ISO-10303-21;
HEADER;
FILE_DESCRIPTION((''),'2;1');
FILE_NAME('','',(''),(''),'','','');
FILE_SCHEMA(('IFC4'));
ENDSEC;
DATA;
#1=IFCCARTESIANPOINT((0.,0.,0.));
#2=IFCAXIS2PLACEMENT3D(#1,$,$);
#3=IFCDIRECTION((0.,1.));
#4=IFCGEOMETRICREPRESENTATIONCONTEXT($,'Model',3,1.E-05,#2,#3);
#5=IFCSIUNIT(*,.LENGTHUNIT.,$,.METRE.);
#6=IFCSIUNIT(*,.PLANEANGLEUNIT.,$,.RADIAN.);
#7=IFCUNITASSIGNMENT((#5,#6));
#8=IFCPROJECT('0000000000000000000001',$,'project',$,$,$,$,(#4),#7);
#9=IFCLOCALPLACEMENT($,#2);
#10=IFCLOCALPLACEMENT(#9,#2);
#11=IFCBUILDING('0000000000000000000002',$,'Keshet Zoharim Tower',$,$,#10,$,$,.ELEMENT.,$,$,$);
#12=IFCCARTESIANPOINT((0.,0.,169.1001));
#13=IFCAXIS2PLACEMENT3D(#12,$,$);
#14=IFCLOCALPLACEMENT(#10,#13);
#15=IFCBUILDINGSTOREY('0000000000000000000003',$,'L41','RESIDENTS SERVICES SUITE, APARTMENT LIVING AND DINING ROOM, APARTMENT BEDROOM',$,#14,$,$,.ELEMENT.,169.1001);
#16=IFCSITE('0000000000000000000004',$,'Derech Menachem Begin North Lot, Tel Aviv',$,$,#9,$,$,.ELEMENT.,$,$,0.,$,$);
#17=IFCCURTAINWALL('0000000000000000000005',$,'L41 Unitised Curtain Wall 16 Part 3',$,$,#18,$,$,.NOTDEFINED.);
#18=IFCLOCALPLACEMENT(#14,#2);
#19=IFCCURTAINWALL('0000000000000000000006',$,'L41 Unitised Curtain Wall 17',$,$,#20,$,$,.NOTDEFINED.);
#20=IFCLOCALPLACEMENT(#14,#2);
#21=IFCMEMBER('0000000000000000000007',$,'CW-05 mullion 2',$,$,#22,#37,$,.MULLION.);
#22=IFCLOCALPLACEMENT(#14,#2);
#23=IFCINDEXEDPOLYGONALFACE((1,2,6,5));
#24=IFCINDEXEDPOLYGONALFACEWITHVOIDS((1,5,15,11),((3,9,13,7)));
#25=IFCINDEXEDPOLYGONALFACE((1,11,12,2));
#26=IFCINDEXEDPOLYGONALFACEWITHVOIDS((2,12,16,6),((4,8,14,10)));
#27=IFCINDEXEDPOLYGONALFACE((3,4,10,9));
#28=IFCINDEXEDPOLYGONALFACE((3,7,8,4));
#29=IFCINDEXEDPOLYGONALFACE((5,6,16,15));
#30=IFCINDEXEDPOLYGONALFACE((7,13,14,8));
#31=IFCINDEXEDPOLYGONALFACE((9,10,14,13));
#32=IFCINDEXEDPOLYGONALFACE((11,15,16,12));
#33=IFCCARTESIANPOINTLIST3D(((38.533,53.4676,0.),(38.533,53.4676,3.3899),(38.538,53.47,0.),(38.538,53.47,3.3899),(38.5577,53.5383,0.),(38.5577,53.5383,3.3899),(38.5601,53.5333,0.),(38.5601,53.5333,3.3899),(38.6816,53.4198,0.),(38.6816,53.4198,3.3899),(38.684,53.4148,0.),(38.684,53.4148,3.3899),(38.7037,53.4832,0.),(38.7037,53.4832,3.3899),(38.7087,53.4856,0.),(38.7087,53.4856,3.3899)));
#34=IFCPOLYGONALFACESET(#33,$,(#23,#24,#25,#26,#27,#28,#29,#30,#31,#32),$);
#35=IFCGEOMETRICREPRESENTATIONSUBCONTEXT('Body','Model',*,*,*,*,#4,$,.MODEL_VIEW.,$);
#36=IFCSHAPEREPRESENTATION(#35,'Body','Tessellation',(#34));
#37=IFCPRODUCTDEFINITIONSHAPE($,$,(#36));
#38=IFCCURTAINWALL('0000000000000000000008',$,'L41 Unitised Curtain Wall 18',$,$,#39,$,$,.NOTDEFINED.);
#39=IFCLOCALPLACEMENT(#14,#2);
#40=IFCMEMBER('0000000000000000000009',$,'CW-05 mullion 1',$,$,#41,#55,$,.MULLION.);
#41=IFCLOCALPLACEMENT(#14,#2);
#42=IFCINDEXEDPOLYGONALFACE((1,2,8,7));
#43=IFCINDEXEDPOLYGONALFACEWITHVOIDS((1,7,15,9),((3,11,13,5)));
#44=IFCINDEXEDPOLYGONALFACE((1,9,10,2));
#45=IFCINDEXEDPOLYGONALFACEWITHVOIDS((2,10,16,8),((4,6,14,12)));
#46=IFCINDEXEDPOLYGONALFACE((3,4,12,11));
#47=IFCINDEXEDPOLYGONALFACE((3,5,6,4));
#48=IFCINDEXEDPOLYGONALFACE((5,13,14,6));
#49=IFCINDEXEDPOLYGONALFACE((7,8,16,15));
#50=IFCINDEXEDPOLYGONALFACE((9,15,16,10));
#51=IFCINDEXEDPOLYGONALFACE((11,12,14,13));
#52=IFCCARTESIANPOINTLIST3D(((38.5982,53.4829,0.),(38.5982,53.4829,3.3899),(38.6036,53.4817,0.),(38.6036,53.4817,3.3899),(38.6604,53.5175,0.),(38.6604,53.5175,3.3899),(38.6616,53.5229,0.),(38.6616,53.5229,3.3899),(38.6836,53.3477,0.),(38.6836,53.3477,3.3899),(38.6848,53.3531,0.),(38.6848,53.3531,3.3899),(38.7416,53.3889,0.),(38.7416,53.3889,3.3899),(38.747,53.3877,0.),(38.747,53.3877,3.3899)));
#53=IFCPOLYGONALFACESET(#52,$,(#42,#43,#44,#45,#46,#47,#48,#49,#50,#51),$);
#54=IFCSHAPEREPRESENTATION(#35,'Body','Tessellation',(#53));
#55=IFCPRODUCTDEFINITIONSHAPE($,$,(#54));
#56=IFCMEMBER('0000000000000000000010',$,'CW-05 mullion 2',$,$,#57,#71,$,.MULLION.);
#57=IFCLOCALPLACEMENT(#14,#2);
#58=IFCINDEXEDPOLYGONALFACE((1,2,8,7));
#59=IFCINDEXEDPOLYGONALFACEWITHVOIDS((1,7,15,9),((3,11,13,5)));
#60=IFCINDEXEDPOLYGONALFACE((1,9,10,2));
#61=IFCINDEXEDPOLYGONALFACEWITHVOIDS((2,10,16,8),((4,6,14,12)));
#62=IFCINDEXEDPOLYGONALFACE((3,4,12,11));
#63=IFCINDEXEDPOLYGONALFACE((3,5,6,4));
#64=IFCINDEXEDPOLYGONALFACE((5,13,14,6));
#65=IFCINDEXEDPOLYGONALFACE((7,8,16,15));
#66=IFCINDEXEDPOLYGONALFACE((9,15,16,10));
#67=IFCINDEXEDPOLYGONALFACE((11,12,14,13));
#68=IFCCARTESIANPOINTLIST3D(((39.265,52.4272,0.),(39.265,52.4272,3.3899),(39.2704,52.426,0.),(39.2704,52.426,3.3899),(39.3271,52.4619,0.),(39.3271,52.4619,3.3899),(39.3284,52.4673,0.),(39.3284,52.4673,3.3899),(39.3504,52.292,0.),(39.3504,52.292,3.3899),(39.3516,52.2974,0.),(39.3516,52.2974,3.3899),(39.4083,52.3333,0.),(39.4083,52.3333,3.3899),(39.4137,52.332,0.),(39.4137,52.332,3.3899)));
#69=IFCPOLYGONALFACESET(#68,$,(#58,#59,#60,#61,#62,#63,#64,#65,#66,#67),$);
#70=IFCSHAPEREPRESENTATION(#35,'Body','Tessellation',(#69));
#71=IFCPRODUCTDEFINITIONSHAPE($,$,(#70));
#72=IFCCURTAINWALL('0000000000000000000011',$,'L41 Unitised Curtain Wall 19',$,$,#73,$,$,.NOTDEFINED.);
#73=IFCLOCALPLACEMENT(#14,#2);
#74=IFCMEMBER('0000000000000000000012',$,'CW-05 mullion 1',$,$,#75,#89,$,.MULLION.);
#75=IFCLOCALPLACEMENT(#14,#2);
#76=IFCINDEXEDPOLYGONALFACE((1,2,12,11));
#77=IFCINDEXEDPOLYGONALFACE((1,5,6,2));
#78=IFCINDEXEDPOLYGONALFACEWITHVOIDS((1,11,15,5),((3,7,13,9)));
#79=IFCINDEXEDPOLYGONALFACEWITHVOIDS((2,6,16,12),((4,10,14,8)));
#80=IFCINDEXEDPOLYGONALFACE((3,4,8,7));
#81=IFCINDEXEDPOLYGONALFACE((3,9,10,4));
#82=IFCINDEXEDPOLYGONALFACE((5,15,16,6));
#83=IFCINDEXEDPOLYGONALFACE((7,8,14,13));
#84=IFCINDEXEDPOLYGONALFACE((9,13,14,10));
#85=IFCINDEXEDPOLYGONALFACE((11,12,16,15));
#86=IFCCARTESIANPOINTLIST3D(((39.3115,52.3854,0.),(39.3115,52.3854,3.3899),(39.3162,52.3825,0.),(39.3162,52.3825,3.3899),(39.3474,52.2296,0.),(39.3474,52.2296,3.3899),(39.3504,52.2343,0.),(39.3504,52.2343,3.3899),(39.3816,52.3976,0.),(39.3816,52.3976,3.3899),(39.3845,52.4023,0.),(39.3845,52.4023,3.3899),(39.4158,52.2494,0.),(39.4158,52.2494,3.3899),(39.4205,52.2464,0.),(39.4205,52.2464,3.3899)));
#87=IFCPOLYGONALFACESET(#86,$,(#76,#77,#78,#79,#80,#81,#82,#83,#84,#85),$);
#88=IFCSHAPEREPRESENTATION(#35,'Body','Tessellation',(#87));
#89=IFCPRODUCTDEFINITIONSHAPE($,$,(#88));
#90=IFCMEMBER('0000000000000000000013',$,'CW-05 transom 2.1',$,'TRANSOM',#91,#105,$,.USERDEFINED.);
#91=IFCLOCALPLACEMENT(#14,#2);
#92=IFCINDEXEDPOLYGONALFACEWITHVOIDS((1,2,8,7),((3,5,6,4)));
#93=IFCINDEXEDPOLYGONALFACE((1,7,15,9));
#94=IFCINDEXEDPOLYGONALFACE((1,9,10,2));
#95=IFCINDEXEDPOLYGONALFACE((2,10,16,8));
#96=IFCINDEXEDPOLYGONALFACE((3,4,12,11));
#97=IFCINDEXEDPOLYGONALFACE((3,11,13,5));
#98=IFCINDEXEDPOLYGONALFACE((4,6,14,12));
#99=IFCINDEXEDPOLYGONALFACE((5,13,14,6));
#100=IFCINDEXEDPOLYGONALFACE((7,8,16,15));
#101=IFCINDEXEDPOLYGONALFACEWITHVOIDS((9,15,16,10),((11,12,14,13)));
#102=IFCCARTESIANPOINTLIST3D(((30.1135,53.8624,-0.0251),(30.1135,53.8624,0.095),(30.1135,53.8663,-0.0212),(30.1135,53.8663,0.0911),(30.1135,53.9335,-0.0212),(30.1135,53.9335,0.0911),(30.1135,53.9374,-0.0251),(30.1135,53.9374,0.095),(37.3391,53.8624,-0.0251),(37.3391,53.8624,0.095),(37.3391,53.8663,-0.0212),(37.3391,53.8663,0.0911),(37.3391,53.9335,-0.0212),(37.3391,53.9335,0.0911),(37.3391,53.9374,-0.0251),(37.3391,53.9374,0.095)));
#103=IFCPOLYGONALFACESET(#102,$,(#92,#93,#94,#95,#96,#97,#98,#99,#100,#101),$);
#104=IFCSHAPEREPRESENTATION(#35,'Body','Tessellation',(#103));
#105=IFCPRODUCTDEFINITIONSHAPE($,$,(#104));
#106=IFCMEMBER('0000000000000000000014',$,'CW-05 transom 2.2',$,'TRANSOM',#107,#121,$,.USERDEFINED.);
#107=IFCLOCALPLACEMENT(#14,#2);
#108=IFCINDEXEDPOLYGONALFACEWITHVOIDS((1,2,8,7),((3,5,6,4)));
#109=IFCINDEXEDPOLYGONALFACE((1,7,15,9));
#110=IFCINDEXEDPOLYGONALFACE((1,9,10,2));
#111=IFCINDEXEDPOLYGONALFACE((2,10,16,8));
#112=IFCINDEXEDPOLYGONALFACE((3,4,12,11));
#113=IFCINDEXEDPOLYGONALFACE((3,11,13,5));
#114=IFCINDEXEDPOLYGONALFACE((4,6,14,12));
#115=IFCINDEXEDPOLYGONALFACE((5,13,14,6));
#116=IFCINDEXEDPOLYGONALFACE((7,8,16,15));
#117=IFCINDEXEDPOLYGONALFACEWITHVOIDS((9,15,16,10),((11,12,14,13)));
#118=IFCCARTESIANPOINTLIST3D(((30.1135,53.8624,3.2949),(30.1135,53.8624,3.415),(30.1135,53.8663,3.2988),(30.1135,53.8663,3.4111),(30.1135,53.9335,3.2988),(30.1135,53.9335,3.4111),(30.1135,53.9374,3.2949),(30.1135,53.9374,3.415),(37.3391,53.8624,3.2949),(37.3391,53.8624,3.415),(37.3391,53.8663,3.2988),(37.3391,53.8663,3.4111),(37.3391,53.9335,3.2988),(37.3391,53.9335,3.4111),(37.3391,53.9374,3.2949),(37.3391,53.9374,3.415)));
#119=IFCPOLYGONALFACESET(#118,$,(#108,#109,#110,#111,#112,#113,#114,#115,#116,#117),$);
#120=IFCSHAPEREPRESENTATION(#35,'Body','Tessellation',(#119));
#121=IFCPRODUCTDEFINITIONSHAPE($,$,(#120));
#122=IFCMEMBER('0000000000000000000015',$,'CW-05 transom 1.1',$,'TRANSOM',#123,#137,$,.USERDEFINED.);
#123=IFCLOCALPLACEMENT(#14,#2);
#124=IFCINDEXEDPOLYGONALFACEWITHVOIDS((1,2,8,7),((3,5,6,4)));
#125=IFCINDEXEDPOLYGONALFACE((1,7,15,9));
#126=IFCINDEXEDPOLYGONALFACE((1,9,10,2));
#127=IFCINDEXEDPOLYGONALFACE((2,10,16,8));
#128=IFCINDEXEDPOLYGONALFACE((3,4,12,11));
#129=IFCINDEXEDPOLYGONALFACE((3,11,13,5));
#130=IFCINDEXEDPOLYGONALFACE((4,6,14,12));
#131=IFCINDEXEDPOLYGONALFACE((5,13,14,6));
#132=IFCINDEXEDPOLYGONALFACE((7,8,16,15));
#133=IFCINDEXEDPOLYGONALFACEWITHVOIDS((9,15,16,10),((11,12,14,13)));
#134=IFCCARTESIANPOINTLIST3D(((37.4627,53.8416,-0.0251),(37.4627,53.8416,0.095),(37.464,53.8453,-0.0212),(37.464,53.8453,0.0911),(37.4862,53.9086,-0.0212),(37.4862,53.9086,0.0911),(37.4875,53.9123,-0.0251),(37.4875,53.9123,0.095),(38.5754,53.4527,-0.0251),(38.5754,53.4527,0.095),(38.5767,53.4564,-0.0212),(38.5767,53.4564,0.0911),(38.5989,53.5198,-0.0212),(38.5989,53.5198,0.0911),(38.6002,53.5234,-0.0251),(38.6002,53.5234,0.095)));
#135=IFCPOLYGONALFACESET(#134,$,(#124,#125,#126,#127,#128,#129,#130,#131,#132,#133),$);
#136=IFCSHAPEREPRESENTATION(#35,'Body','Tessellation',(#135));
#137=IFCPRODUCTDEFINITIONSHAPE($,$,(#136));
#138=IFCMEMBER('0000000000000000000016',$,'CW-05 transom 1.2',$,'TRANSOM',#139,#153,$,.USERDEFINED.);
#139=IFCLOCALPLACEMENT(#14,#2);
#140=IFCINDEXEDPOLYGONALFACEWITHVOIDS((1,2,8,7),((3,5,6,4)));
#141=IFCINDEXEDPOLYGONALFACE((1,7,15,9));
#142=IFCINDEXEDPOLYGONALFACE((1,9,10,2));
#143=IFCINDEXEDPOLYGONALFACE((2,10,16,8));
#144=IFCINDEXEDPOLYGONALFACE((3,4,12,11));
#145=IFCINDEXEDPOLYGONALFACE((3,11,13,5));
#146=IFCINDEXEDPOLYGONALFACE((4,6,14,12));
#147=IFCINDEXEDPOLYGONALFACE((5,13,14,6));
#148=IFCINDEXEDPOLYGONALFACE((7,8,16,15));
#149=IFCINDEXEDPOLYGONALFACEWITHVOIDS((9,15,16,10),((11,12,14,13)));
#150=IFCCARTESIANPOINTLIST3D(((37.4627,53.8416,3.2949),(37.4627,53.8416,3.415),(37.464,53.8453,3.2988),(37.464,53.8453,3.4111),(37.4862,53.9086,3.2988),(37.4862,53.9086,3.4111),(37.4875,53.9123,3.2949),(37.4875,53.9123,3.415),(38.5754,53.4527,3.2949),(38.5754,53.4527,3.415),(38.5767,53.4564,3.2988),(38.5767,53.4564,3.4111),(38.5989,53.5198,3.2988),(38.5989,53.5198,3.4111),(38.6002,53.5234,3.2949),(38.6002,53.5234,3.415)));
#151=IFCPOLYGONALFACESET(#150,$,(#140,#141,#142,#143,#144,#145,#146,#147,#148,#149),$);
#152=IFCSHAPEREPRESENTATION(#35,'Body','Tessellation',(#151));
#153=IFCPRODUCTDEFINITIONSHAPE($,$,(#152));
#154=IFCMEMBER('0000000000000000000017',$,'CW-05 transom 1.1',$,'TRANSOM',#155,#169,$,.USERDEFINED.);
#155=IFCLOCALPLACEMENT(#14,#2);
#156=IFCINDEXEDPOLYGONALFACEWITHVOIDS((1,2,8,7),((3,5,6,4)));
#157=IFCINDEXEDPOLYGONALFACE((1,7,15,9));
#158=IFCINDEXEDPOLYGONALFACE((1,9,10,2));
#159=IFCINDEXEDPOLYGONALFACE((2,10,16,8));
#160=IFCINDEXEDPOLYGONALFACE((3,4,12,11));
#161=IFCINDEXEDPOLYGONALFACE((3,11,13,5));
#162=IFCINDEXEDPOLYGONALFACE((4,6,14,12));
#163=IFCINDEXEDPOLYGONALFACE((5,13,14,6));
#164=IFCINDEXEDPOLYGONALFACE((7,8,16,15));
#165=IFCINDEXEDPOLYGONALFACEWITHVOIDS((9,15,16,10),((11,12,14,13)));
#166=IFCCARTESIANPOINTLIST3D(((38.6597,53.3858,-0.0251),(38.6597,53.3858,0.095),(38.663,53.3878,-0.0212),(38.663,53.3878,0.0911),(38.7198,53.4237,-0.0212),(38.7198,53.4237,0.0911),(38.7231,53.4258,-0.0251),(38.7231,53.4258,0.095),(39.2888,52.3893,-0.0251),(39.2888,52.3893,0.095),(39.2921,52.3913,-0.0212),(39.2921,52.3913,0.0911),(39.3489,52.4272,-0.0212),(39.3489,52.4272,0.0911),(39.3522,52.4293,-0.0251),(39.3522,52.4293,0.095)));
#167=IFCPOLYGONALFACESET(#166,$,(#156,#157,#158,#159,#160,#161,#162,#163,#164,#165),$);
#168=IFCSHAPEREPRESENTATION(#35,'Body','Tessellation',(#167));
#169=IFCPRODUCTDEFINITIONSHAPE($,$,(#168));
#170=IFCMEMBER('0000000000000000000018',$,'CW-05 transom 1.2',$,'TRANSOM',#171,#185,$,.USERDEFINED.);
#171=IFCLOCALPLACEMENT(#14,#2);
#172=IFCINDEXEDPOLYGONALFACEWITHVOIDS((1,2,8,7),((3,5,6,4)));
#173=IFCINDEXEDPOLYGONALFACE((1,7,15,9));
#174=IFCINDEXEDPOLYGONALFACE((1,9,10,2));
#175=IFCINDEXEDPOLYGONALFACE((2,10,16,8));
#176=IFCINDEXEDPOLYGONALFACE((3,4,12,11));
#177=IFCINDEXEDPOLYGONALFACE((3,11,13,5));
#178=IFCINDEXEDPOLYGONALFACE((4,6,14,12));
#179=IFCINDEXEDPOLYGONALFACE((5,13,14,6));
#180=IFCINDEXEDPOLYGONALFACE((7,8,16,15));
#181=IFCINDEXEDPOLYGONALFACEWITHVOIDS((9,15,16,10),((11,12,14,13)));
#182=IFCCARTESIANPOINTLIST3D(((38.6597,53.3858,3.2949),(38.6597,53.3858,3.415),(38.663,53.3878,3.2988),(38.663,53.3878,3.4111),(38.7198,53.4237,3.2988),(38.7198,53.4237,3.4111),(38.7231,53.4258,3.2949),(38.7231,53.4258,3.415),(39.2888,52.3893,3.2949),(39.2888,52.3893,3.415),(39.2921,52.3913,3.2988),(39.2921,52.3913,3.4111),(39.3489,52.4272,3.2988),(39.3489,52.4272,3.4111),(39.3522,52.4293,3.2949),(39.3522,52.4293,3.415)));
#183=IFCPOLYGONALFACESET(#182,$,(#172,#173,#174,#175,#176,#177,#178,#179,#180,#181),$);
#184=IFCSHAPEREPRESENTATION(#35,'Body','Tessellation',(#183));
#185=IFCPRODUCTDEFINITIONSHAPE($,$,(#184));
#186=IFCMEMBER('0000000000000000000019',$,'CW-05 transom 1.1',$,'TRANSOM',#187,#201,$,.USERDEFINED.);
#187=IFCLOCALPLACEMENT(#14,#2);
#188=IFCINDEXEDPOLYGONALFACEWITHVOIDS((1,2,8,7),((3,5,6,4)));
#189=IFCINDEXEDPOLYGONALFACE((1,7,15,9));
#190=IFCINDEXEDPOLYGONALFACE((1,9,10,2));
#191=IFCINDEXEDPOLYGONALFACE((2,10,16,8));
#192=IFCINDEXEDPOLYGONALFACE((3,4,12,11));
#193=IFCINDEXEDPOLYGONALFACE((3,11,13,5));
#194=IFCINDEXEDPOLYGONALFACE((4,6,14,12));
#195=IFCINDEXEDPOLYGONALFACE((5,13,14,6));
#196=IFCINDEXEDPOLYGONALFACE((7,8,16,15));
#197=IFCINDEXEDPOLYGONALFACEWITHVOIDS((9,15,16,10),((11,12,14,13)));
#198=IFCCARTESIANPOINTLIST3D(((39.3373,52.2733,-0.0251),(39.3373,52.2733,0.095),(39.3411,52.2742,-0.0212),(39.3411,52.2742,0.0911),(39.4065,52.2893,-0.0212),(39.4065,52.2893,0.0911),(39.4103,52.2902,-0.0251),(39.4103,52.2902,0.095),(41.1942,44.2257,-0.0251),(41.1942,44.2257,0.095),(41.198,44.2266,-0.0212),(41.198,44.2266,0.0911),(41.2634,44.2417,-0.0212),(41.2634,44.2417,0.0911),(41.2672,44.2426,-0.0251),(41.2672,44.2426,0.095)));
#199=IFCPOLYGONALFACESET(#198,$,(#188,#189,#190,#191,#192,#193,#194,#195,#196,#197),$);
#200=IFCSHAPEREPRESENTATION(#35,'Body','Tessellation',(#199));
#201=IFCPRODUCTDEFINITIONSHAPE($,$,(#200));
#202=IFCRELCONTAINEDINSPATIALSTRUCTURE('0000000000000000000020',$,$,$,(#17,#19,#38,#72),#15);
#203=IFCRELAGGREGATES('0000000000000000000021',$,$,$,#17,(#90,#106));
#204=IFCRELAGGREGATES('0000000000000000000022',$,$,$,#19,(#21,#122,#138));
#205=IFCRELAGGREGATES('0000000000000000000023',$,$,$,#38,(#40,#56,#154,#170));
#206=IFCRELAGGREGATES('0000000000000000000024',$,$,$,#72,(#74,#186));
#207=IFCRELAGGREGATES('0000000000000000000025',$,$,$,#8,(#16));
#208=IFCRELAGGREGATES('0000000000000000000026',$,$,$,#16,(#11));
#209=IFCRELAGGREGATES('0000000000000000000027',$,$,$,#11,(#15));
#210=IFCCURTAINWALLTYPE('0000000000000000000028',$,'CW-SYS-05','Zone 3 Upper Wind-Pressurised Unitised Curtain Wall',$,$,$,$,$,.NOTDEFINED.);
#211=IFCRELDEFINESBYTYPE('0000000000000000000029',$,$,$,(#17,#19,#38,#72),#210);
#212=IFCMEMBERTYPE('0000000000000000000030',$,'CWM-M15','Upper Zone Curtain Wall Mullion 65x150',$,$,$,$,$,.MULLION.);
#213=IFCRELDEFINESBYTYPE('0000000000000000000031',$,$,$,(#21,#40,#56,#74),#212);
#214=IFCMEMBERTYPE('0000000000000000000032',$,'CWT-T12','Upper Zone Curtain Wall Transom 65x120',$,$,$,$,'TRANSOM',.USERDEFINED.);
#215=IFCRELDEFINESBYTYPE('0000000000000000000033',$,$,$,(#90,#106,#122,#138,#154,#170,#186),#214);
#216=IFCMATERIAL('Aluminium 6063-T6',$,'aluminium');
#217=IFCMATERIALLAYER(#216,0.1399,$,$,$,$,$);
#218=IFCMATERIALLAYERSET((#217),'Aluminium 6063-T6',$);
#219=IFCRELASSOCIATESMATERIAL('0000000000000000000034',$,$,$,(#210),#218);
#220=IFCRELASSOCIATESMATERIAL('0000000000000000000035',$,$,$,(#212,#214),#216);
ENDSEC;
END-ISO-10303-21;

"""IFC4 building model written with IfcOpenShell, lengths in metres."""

from ifc_helpers import new_model, si_unit, direction, frame, origin, origin_2d, place, context, subcontext, project, spatial, hollow_rectangle, extrude, material, layer, layer_set, material_profile, profile_set, type_object, element, aggregate, save


model = new_model("IFC4")

# Units and contexts
model_context = context("Model", 3, precision=1e-05, world=origin(), true_north=direction((0.0, 1.0)))
body_context = subcontext(model_context, "Body", "Model", "MODEL_VIEW")
ifc_project = project(units=[si_unit("LENGTHUNIT", "METRE"), si_unit("PLANEANGLEUNIT", "RADIAN")], contexts=[model_context])

# Site, building, storey
site_placement = place(None, origin())
site = spatial("IfcSite", under=ifc_project, at=site_placement, Name="Derech Menachem Begin North Lot, Tel Aviv", CompositionType="ELEMENT", RefElevation=0.0)
building_placement = place(site_placement, origin())
building = spatial("IfcBuilding", under=site, at=building_placement, Name="Keshet Zoharim Tower", CompositionType="ELEMENT")
storey_placement = place(building_placement, frame((0.0, 0.0, 169.1001)))
storey = spatial("IfcBuildingStorey", under=building, at=storey_placement, Name="L41", Description="RESIDENTS SERVICES SUITE, APARTMENT LIVING AND DINING ROOM, APARTMENT BEDROOM", CompositionType="ELEMENT", Elevation=169.1001)

# Curtain walls, members
ifc_material_1 = material(Name="Aluminium 6063-T6", Category="aluminium")
ifc_layer_1 = layer(ifc_material_1, 0.1399)
ifc_layer_set_1 = layer_set([ifc_layer_1], Name="Aluminium 6063-T6")
curtain_wall_type = type_object("IfcCurtainWallType", Name="CW-SYS-05", Description="Zone 3 Upper Wind-Pressurised Unitised Curtain Wall", PredefinedType="NOTDEFINED", material=ifc_layer_set_1)
curtain_wall_1_placement = place(storey_placement, origin())
curtain_wall_1 = element("IfcCurtainWall", 1, at=curtain_wall_1_placement, inside=storey, type_object=curtain_wall_type, Name="L41 Unitised Curtain Wall 16 Part 3", PredefinedType="NOTDEFINED")
ifc_material_profile_1 = material_profile(ifc_material_1, hollow_rectangle(XDim=0.075, YDim=0.1599, WallThickness=0.0039, at=origin_2d()), Name="MUL-75x160")
ifc_profile_set_1 = profile_set([ifc_material_profile_1], Name="Aluminium 6063-T6")
member_type_1 = type_object("IfcMemberType", Name="CWM-M15", Description="Upper Zone Curtain Wall Mullion 65x150", PredefinedType="MULLION", material=ifc_profile_set_1)
curtain_wall_2_placement = place(storey_placement, origin())
curtain_wall_2 = element("IfcCurtainWall", 2, at=curtain_wall_2_placement, inside=storey, type_object=curtain_wall_type, Name="L41 Unitised Curtain Wall 17", PredefinedType="NOTDEFINED")
member_1_placement = place(storey_placement, frame((38.6208, 53.4766, 0.0), z_axis=(0.0, 0.0, 1.0), x_axis=(0.329844, 0.944036, 0.0)))
member_1 = element("IfcMember", 3, at=member_1_placement, type_object=member_type_1, Name="CW-05 mullion 2", PredefinedType="MULLION", context=body_context, shape_type="SweptSolid", body=[
    extrude(hollow_rectangle(XDim=0.075, YDim=0.1599, WallThickness=0.0039, at=origin_2d()), origin(), (0.0, 0.0, 1.0), 3.3899),
])
curtain_wall_3_placement = place(storey_placement, origin())
curtain_wall_3 = element("IfcCurtainWall", 4, at=curtain_wall_3_placement, inside=storey, type_object=curtain_wall_type, Name="L41 Unitised Curtain Wall 18", PredefinedType="NOTDEFINED")
member_2_placement = place(storey_placement, frame((38.6726, 53.4353, 0.0), z_axis=(0.0, 0.0, 1.0), x_axis=(0.845561, 0.533879, 0.0)))
member_2 = element("IfcMember", 5, at=member_2_placement, type_object=member_type_1, Name="CW-05 mullion 1", PredefinedType="MULLION", context=body_context, shape_type="SweptSolid", body=[
    extrude(hollow_rectangle(XDim=0.075, YDim=0.1599, WallThickness=0.0039, at=origin_2d()), origin(), (0.0, 0.0, 1.0), 3.3899),
])
member_3_placement = place(storey_placement, frame((39.3394, 52.3796, 0.0), z_axis=(0.0, 0.0, 1.0), x_axis=(0.845561, 0.533879, 0.0)))
member_3 = element("IfcMember", 6, at=member_3_placement, type_object=member_type_1, Name="CW-05 mullion 2", PredefinedType="MULLION", context=body_context, shape_type="SweptSolid", body=[
    extrude(hollow_rectangle(XDim=0.075, YDim=0.1599, WallThickness=0.0039, at=origin_2d()), origin(), (0.0, 0.0, 1.0), 3.3899),
])

# Curtain wall, member
curtain_wall_4_placement = place(storey_placement, origin())
curtain_wall_4 = element("IfcCurtainWall", 7, at=curtain_wall_4_placement, inside=storey, type_object=curtain_wall_type, Name="L41 Unitised Curtain Wall 19", PredefinedType="NOTDEFINED")
member_4_placement = place(storey_placement, frame((39.366, 52.3159, 0.0), z_axis=(0.0, 0.0, 1.0), x_axis=(0.974394, 0.224848, 0.0)))
member_4 = element("IfcMember", 8, at=member_4_placement, type_object=member_type_1, Name="CW-05 mullion 1", PredefinedType="MULLION", context=body_context, shape_type="SweptSolid", body=[
    extrude(hollow_rectangle(XDim=0.075, YDim=0.1599, WallThickness=0.0039, at=origin_2d()), origin(), (0.0, 0.0, 1.0), 3.3899),
])

# Members
ifc_material_profile_2 = material_profile(ifc_material_1, hollow_rectangle(XDim=0.075, YDim=0.1201, WallThickness=0.0039, at=origin_2d()), Name="TRN-75x120")
ifc_profile_set_2 = profile_set([ifc_material_profile_2], Name="Aluminium 6063-T6")
member_type_2 = type_object("IfcMemberType", Name="CWT-T12", Description="Upper Zone Curtain Wall Transom 65x120", ElementType="TRANSOM", PredefinedType="USERDEFINED", material=ifc_profile_set_2)
member_5_placement = place(storey_placement, frame((30.1135, 53.8999, 0.0349), z_axis=(1.0, 0.0, 0.0), x_axis=(0.0, 1.0, 0.0)))
member_5 = element("IfcMember", 9, at=member_5_placement, type_object=member_type_2, Name="CW-05 transom 2.1", ObjectType="TRANSOM", PredefinedType="USERDEFINED", context=body_context, shape_type="SweptSolid", body=[
    extrude(hollow_rectangle(XDim=0.075, YDim=0.1201, WallThickness=0.0039, at=origin_2d()), origin(), (0.0, 0.0, 1.0), 7.2256),
])
member_6_placement = place(storey_placement, frame((30.1135, 53.8999, 3.355), z_axis=(1.0, 0.0, 0.0), x_axis=(0.0, 1.0, 0.0)))
member_6 = element("IfcMember", 10, at=member_6_placement, type_object=member_type_2, Name="CW-05 transom 2.2", ObjectType="TRANSOM", PredefinedType="USERDEFINED", context=body_context, shape_type="SweptSolid", body=[
    extrude(hollow_rectangle(XDim=0.075, YDim=0.1201, WallThickness=0.0039, at=origin_2d()), origin(), (0.0, 0.0, 1.0), 7.2256),
])
member_7_placement = place(storey_placement, frame((37.4751, 53.877, 0.0349), z_axis=(0.944007, -0.329926, 0.0), x_axis=(0.329926, 0.944007, 0.0)))
member_7 = element("IfcMember", 11, at=member_7_placement, type_object=member_type_2, Name="CW-05 transom 1.1", ObjectType="TRANSOM", PredefinedType="USERDEFINED", context=body_context, shape_type="SweptSolid", body=[
    extrude(hollow_rectangle(XDim=0.075, YDim=0.1201, WallThickness=0.0039, at=origin_2d()), origin(), (0.0, 0.0, 1.0), 1.1787),
])
member_8_placement = place(storey_placement, frame((37.4751, 53.877, 3.355), z_axis=(0.944007, -0.329926, 0.0), x_axis=(0.329926, 0.944007, 0.0)))
member_8 = element("IfcMember", 12, at=member_8_placement, type_object=member_type_2, Name="CW-05 transom 1.2", ObjectType="TRANSOM", PredefinedType="USERDEFINED", context=body_context, shape_type="SweptSolid", body=[
    extrude(hollow_rectangle(XDim=0.075, YDim=0.1201, WallThickness=0.0039, at=origin_2d()), origin(), (0.0, 0.0, 1.0), 1.1787),
])
member_9_placement = place(storey_placement, frame((38.6914, 53.4058, 0.0349), z_axis=(0.533829, -0.845592, 0.0), x_axis=(0.845592, 0.533829, 0.0)))
member_9 = element("IfcMember", 13, at=member_9_placement, type_object=member_type_2, Name="CW-05 transom 1.1", ObjectType="TRANSOM", PredefinedType="USERDEFINED", context=body_context, shape_type="SweptSolid", body=[
    extrude(hollow_rectangle(XDim=0.075, YDim=0.1201, WallThickness=0.0039, at=origin_2d()), origin(), (0.0, 0.0, 1.0), 1.1785),
])
member_10_placement = place(storey_placement, frame((38.6914, 53.4058, 3.355), z_axis=(0.533829, -0.845592, 0.0), x_axis=(0.845592, 0.533829, 0.0)))
member_10 = element("IfcMember", 14, at=member_10_placement, type_object=member_type_2, Name="CW-05 transom 1.2", ObjectType="TRANSOM", PredefinedType="USERDEFINED", context=body_context, shape_type="SweptSolid", body=[
    extrude(hollow_rectangle(XDim=0.075, YDim=0.1201, WallThickness=0.0039, at=origin_2d()), origin(), (0.0, 0.0, 1.0), 1.1785),
])
member_11_placement = place(storey_placement, frame((39.3738, 52.2817, 0.0349), z_axis=(0.224836, -0.974397, 0.0), x_axis=(0.974397, 0.224836, 0.0)))
member_11 = element("IfcMember", 15, at=member_11_placement, type_object=member_type_2, Name="CW-05 transom 1.1", ObjectType="TRANSOM", PredefinedType="USERDEFINED", context=body_context, shape_type="SweptSolid", body=[
    extrude(hollow_rectangle(XDim=0.075, YDim=0.1201, WallThickness=0.0039, at=origin_2d()), origin(), (0.0, 0.0, 1.0), 8.259),
])

aggregate(curtain_wall_1, [member_5, member_6])
aggregate(curtain_wall_2, [member_1, member_7, member_8])
aggregate(curtain_wall_3, [member_2, member_3, member_9, member_10])
aggregate(curtain_wall_4, [member_4, member_11])

save(model, "model.ifc")
